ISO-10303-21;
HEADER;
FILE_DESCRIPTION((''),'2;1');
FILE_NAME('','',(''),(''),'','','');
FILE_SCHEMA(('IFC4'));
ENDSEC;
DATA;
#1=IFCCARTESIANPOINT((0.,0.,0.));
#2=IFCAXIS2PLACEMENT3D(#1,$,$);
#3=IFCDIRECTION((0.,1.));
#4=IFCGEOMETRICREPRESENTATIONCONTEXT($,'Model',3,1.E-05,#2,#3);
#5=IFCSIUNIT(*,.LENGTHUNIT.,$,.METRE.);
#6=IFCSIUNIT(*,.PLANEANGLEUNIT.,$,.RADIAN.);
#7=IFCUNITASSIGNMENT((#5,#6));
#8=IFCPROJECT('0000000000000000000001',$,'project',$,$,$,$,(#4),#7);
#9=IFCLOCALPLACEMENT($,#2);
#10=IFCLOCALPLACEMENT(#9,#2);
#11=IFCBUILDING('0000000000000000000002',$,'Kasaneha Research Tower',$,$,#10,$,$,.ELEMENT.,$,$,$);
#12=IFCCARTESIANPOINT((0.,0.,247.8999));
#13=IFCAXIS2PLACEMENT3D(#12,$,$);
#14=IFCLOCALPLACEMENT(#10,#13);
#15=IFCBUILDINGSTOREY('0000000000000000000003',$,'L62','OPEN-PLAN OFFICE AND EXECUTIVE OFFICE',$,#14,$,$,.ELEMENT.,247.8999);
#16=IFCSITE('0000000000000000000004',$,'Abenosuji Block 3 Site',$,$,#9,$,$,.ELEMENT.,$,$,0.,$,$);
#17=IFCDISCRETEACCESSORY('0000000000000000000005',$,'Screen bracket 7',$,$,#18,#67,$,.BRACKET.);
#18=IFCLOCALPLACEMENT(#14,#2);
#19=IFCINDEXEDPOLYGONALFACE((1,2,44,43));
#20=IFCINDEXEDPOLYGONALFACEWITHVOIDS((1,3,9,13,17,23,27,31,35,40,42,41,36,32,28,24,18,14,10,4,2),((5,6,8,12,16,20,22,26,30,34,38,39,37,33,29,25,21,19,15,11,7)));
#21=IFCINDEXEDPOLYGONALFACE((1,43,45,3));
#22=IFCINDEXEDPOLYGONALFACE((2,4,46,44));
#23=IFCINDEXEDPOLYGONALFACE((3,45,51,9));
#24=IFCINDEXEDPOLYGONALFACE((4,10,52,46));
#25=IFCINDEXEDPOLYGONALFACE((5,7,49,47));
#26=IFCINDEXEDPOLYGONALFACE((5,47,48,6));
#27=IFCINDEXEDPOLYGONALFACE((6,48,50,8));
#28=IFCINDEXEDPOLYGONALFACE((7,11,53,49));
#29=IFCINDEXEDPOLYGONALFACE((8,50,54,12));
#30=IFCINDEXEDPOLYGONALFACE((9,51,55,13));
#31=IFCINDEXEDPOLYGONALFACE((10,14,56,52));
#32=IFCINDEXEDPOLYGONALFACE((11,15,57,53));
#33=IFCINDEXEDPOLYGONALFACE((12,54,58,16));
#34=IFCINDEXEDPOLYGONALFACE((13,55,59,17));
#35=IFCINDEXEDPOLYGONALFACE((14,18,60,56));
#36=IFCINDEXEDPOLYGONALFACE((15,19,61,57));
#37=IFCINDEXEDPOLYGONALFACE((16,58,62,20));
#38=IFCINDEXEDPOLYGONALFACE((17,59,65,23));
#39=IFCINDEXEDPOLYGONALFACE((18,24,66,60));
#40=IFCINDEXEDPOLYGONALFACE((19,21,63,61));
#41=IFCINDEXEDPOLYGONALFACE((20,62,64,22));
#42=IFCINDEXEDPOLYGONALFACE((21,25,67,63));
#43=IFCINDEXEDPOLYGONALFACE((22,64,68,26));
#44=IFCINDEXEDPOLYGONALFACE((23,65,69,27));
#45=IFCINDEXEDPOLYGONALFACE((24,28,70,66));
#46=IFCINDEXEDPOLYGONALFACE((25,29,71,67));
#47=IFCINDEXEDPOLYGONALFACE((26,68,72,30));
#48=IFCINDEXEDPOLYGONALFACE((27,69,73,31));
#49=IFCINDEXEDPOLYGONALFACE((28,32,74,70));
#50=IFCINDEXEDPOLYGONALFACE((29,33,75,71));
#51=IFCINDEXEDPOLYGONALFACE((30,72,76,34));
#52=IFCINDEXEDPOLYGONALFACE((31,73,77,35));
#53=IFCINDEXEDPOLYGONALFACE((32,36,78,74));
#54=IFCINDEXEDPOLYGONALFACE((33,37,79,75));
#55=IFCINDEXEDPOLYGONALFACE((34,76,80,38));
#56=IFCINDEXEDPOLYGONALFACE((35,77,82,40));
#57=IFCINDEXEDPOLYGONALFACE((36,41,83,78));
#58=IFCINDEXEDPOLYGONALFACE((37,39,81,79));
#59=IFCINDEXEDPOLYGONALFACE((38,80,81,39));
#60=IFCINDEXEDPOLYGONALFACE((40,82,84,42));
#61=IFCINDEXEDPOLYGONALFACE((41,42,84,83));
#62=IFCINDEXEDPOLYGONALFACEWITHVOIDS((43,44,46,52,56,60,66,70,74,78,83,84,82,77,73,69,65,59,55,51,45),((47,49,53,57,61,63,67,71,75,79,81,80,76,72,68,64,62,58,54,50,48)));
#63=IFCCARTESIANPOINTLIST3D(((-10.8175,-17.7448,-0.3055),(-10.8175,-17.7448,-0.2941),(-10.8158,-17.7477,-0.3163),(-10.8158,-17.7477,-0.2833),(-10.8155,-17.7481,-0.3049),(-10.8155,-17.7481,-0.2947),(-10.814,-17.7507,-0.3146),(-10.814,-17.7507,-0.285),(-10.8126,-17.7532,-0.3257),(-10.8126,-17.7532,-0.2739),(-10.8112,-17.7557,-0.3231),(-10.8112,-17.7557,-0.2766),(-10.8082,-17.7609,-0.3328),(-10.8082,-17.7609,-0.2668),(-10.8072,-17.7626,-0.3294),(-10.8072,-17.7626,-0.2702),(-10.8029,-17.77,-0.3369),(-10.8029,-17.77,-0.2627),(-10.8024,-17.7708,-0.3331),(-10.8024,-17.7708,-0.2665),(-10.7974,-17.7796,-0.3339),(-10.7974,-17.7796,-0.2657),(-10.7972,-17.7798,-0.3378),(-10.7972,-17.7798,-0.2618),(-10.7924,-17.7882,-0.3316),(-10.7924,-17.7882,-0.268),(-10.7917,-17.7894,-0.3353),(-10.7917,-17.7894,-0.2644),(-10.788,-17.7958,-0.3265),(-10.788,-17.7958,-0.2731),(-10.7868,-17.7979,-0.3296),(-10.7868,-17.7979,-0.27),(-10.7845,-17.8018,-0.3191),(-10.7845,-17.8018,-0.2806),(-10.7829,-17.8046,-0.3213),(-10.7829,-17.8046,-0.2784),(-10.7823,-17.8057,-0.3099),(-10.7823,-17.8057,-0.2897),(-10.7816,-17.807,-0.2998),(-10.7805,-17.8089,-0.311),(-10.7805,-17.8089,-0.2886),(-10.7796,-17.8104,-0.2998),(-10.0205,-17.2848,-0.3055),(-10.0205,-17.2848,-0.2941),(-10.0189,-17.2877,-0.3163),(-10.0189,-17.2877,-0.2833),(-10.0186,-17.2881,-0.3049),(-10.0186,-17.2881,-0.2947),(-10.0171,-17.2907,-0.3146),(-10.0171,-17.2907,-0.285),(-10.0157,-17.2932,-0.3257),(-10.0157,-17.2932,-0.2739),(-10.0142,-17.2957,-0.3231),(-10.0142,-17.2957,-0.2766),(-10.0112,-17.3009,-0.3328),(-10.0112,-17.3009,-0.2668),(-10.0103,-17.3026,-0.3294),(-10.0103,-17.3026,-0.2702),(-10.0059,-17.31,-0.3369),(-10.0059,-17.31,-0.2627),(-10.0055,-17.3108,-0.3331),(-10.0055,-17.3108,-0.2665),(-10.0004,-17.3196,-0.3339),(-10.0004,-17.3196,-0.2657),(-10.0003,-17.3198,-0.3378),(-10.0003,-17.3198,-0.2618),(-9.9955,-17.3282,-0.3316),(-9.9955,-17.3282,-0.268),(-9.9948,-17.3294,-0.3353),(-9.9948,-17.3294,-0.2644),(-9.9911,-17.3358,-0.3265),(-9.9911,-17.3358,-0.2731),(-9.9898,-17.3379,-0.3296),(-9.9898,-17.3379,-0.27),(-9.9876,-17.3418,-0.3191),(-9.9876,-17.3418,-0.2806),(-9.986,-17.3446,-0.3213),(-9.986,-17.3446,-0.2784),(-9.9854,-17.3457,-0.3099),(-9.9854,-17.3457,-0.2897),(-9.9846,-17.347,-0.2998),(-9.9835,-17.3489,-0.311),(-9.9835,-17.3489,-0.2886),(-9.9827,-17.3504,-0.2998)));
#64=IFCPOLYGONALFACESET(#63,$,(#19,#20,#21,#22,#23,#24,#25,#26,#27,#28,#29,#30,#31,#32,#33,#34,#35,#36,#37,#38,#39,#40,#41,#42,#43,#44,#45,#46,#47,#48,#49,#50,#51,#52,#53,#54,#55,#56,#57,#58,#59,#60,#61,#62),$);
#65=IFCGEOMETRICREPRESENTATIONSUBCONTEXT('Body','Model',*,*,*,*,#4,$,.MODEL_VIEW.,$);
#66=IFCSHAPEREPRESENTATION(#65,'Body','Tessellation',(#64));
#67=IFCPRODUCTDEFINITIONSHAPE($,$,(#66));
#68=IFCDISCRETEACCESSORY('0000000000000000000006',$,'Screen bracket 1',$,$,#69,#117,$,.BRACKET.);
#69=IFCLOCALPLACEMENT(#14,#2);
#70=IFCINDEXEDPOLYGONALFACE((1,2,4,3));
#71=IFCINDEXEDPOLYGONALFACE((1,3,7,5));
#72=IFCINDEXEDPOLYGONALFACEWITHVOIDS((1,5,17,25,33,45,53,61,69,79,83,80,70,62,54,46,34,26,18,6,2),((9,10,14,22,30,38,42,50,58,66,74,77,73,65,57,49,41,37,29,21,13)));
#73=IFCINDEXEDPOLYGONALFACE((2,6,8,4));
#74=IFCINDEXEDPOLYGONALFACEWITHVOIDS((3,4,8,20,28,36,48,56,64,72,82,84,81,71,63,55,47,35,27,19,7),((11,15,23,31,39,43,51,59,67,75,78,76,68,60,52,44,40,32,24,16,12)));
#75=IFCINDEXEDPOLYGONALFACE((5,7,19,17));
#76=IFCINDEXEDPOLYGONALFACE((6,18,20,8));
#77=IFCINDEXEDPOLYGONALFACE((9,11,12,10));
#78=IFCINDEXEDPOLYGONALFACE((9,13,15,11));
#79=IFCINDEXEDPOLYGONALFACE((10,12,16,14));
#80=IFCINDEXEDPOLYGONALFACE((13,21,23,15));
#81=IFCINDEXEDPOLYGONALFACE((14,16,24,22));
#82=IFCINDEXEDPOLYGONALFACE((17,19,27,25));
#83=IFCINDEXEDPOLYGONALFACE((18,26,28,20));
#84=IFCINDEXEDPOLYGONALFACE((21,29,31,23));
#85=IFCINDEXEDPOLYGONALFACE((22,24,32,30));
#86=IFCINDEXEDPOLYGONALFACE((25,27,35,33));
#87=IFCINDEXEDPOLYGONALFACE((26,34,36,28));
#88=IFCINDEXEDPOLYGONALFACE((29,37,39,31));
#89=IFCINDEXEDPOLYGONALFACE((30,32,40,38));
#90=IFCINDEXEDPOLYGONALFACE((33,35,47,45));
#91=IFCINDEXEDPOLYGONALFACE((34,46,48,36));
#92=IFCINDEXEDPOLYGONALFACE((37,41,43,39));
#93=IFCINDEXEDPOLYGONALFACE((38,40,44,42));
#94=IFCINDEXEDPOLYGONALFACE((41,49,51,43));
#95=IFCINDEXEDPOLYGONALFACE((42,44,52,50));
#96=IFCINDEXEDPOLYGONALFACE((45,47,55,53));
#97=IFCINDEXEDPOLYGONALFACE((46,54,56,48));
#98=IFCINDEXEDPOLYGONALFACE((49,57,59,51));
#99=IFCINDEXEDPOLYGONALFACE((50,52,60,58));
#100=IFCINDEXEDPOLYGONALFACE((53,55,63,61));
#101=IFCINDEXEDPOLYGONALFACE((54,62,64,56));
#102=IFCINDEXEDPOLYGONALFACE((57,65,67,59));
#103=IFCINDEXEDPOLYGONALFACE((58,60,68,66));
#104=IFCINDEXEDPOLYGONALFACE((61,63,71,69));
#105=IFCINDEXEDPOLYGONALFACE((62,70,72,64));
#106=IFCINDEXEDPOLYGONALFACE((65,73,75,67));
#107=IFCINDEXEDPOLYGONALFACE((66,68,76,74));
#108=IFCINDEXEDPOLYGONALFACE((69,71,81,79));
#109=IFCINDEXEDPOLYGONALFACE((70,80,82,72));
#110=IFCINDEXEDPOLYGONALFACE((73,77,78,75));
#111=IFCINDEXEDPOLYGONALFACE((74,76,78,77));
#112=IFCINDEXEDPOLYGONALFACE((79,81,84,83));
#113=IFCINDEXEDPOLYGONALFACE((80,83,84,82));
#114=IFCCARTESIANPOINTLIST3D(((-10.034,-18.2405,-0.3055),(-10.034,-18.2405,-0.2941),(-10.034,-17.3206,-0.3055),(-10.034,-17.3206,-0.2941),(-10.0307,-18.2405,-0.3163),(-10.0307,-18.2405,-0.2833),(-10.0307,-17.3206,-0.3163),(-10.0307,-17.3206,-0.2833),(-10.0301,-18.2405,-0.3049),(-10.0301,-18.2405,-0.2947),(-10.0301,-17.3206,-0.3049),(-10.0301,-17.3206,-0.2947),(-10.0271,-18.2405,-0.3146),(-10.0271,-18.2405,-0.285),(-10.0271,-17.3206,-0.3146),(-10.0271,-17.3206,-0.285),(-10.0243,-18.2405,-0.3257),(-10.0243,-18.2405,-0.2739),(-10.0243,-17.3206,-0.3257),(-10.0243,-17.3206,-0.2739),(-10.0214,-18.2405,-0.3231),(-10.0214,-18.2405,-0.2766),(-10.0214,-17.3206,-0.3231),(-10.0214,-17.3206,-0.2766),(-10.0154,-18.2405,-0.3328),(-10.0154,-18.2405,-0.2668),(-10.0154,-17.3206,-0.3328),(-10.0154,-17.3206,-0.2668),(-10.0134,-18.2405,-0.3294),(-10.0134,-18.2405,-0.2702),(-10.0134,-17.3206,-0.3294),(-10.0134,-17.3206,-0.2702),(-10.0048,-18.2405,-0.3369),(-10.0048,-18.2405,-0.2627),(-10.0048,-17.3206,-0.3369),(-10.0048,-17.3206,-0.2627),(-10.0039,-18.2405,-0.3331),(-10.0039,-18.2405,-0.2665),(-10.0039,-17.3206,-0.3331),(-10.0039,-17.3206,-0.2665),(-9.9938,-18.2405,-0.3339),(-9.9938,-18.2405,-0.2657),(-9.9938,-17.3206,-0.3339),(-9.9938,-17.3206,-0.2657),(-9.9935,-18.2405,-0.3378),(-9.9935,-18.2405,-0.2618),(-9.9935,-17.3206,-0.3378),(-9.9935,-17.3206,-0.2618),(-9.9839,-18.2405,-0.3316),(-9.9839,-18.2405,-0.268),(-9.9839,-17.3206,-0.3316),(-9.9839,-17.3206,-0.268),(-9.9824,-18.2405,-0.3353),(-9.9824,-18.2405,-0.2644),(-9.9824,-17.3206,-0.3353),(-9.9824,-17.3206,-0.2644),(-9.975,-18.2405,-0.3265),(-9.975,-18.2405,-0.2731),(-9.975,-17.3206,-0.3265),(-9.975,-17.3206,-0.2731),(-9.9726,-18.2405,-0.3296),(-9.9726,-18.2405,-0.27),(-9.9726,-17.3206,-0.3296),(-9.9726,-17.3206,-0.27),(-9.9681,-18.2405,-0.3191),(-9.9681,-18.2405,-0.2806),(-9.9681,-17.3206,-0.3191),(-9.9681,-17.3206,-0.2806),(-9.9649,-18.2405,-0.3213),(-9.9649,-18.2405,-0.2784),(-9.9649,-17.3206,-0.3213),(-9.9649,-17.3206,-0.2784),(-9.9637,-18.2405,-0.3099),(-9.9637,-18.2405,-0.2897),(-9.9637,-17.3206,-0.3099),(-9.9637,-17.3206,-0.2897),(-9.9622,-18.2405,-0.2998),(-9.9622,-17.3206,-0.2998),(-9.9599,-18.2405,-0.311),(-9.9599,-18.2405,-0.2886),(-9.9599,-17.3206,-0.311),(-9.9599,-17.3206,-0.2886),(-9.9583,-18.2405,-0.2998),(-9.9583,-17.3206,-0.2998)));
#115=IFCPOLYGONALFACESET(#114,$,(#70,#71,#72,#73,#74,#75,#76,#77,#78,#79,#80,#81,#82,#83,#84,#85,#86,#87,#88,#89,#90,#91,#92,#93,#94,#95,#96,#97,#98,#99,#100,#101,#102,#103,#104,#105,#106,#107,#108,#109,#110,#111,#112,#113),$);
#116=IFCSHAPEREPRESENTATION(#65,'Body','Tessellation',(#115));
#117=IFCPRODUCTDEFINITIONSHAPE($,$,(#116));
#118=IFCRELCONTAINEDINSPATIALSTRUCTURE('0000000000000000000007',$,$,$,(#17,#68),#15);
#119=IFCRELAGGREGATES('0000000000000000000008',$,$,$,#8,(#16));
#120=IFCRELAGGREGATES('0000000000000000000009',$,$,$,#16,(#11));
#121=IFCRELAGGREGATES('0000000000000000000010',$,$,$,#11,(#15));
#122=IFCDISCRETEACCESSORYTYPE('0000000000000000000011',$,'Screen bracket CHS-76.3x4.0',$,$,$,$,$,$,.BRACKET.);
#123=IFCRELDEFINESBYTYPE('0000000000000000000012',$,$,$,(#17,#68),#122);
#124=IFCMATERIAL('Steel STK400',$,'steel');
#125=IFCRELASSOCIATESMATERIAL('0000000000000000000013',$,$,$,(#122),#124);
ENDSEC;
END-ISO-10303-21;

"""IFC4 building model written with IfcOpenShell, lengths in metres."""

from ifc_helpers import new_model, si_unit, direction, frame, origin, origin_2d, place, context, subcontext, project, spatial, hollow_circle, extrude, material, material_profile, profile_set, type_object, element, save


model = new_model("IFC4")

# Units and contexts
model_context = context("Model", 3, precision=1e-05, world=origin(), true_north=direction((0.0, 1.0)))
body_context = subcontext(model_context, "Body", "Model", "MODEL_VIEW")
ifc_project = project(units=[si_unit("LENGTHUNIT", "METRE"), si_unit("PLANEANGLEUNIT", "RADIAN")], contexts=[model_context])

# Site, building, storey
site_placement = place(None, origin())
site = spatial("IfcSite", under=ifc_project, at=site_placement, Name="Abenosuji Block 3 Site", CompositionType="ELEMENT", RefElevation=0.0)
building_placement = place(site_placement, origin())
building = spatial("IfcBuilding", under=site, at=building_placement, Name="Kasaneha Research Tower", CompositionType="ELEMENT")
storey_placement = place(building_placement, frame((0.0, 0.0, 247.8999)))
storey = spatial("IfcBuildingStorey", under=building, at=storey_placement, Name="L62", Description="OPEN-PLAN OFFICE AND EXECUTIVE OFFICE", CompositionType="ELEMENT", Elevation=247.8999)

# Discrete accessories
ifc_material_1 = material(Name="Steel STK400", Category="steel")
ifc_material_profile_1 = material_profile(ifc_material_1, hollow_circle(Radius=0.0381, WallThickness=0.0039, at=origin_2d()), Name="CHS-76.3x4.0")
ifc_profile_set_1 = profile_set([ifc_material_profile_1], Name="Steel STK400")
discrete_accessory_type = type_object("IfcDiscreteAccessoryType", Name="Screen bracket CHS-76.3x4.0", PredefinedType="BRACKET", material=ifc_profile_set_1)
discrete_accessory_1_placement = place(storey_placement, frame((-10.0017, -17.3174, -0.2998), z_axis=(-0.86608, -0.499906, 0.0), x_axis=(0.499906, -0.86608, 0.0)))
element("IfcDiscreteAccessory", 1, at=discrete_accessory_1_placement, inside=storey, type_object=discrete_accessory_type, Name="Screen bracket 7", PredefinedType="BRACKET", context=body_context, shape_type="SweptSolid", body=[
    extrude(hollow_circle(Radius=0.0381, WallThickness=0.0039, at=origin_2d()), origin(), (0.0, 0.0, 1.0), 0.9202),
])
discrete_accessory_2_placement = place(storey_placement, frame((-9.9963, -17.3206, -0.2998), z_axis=(0.0, -1.0, 0.0), x_axis=(1.0, 0.0, 0.0)))
element("IfcDiscreteAccessory", 2, at=discrete_accessory_2_placement, inside=storey, type_object=discrete_accessory_type, Name="Screen bracket 1", PredefinedType="BRACKET", context=body_context, shape_type="SweptSolid", body=[
    extrude(hollow_circle(Radius=0.0381, WallThickness=0.0039, at=origin_2d()), origin(), (0.0, 0.0, 1.0), 0.9199),
])

save(model, "model.ifc")
